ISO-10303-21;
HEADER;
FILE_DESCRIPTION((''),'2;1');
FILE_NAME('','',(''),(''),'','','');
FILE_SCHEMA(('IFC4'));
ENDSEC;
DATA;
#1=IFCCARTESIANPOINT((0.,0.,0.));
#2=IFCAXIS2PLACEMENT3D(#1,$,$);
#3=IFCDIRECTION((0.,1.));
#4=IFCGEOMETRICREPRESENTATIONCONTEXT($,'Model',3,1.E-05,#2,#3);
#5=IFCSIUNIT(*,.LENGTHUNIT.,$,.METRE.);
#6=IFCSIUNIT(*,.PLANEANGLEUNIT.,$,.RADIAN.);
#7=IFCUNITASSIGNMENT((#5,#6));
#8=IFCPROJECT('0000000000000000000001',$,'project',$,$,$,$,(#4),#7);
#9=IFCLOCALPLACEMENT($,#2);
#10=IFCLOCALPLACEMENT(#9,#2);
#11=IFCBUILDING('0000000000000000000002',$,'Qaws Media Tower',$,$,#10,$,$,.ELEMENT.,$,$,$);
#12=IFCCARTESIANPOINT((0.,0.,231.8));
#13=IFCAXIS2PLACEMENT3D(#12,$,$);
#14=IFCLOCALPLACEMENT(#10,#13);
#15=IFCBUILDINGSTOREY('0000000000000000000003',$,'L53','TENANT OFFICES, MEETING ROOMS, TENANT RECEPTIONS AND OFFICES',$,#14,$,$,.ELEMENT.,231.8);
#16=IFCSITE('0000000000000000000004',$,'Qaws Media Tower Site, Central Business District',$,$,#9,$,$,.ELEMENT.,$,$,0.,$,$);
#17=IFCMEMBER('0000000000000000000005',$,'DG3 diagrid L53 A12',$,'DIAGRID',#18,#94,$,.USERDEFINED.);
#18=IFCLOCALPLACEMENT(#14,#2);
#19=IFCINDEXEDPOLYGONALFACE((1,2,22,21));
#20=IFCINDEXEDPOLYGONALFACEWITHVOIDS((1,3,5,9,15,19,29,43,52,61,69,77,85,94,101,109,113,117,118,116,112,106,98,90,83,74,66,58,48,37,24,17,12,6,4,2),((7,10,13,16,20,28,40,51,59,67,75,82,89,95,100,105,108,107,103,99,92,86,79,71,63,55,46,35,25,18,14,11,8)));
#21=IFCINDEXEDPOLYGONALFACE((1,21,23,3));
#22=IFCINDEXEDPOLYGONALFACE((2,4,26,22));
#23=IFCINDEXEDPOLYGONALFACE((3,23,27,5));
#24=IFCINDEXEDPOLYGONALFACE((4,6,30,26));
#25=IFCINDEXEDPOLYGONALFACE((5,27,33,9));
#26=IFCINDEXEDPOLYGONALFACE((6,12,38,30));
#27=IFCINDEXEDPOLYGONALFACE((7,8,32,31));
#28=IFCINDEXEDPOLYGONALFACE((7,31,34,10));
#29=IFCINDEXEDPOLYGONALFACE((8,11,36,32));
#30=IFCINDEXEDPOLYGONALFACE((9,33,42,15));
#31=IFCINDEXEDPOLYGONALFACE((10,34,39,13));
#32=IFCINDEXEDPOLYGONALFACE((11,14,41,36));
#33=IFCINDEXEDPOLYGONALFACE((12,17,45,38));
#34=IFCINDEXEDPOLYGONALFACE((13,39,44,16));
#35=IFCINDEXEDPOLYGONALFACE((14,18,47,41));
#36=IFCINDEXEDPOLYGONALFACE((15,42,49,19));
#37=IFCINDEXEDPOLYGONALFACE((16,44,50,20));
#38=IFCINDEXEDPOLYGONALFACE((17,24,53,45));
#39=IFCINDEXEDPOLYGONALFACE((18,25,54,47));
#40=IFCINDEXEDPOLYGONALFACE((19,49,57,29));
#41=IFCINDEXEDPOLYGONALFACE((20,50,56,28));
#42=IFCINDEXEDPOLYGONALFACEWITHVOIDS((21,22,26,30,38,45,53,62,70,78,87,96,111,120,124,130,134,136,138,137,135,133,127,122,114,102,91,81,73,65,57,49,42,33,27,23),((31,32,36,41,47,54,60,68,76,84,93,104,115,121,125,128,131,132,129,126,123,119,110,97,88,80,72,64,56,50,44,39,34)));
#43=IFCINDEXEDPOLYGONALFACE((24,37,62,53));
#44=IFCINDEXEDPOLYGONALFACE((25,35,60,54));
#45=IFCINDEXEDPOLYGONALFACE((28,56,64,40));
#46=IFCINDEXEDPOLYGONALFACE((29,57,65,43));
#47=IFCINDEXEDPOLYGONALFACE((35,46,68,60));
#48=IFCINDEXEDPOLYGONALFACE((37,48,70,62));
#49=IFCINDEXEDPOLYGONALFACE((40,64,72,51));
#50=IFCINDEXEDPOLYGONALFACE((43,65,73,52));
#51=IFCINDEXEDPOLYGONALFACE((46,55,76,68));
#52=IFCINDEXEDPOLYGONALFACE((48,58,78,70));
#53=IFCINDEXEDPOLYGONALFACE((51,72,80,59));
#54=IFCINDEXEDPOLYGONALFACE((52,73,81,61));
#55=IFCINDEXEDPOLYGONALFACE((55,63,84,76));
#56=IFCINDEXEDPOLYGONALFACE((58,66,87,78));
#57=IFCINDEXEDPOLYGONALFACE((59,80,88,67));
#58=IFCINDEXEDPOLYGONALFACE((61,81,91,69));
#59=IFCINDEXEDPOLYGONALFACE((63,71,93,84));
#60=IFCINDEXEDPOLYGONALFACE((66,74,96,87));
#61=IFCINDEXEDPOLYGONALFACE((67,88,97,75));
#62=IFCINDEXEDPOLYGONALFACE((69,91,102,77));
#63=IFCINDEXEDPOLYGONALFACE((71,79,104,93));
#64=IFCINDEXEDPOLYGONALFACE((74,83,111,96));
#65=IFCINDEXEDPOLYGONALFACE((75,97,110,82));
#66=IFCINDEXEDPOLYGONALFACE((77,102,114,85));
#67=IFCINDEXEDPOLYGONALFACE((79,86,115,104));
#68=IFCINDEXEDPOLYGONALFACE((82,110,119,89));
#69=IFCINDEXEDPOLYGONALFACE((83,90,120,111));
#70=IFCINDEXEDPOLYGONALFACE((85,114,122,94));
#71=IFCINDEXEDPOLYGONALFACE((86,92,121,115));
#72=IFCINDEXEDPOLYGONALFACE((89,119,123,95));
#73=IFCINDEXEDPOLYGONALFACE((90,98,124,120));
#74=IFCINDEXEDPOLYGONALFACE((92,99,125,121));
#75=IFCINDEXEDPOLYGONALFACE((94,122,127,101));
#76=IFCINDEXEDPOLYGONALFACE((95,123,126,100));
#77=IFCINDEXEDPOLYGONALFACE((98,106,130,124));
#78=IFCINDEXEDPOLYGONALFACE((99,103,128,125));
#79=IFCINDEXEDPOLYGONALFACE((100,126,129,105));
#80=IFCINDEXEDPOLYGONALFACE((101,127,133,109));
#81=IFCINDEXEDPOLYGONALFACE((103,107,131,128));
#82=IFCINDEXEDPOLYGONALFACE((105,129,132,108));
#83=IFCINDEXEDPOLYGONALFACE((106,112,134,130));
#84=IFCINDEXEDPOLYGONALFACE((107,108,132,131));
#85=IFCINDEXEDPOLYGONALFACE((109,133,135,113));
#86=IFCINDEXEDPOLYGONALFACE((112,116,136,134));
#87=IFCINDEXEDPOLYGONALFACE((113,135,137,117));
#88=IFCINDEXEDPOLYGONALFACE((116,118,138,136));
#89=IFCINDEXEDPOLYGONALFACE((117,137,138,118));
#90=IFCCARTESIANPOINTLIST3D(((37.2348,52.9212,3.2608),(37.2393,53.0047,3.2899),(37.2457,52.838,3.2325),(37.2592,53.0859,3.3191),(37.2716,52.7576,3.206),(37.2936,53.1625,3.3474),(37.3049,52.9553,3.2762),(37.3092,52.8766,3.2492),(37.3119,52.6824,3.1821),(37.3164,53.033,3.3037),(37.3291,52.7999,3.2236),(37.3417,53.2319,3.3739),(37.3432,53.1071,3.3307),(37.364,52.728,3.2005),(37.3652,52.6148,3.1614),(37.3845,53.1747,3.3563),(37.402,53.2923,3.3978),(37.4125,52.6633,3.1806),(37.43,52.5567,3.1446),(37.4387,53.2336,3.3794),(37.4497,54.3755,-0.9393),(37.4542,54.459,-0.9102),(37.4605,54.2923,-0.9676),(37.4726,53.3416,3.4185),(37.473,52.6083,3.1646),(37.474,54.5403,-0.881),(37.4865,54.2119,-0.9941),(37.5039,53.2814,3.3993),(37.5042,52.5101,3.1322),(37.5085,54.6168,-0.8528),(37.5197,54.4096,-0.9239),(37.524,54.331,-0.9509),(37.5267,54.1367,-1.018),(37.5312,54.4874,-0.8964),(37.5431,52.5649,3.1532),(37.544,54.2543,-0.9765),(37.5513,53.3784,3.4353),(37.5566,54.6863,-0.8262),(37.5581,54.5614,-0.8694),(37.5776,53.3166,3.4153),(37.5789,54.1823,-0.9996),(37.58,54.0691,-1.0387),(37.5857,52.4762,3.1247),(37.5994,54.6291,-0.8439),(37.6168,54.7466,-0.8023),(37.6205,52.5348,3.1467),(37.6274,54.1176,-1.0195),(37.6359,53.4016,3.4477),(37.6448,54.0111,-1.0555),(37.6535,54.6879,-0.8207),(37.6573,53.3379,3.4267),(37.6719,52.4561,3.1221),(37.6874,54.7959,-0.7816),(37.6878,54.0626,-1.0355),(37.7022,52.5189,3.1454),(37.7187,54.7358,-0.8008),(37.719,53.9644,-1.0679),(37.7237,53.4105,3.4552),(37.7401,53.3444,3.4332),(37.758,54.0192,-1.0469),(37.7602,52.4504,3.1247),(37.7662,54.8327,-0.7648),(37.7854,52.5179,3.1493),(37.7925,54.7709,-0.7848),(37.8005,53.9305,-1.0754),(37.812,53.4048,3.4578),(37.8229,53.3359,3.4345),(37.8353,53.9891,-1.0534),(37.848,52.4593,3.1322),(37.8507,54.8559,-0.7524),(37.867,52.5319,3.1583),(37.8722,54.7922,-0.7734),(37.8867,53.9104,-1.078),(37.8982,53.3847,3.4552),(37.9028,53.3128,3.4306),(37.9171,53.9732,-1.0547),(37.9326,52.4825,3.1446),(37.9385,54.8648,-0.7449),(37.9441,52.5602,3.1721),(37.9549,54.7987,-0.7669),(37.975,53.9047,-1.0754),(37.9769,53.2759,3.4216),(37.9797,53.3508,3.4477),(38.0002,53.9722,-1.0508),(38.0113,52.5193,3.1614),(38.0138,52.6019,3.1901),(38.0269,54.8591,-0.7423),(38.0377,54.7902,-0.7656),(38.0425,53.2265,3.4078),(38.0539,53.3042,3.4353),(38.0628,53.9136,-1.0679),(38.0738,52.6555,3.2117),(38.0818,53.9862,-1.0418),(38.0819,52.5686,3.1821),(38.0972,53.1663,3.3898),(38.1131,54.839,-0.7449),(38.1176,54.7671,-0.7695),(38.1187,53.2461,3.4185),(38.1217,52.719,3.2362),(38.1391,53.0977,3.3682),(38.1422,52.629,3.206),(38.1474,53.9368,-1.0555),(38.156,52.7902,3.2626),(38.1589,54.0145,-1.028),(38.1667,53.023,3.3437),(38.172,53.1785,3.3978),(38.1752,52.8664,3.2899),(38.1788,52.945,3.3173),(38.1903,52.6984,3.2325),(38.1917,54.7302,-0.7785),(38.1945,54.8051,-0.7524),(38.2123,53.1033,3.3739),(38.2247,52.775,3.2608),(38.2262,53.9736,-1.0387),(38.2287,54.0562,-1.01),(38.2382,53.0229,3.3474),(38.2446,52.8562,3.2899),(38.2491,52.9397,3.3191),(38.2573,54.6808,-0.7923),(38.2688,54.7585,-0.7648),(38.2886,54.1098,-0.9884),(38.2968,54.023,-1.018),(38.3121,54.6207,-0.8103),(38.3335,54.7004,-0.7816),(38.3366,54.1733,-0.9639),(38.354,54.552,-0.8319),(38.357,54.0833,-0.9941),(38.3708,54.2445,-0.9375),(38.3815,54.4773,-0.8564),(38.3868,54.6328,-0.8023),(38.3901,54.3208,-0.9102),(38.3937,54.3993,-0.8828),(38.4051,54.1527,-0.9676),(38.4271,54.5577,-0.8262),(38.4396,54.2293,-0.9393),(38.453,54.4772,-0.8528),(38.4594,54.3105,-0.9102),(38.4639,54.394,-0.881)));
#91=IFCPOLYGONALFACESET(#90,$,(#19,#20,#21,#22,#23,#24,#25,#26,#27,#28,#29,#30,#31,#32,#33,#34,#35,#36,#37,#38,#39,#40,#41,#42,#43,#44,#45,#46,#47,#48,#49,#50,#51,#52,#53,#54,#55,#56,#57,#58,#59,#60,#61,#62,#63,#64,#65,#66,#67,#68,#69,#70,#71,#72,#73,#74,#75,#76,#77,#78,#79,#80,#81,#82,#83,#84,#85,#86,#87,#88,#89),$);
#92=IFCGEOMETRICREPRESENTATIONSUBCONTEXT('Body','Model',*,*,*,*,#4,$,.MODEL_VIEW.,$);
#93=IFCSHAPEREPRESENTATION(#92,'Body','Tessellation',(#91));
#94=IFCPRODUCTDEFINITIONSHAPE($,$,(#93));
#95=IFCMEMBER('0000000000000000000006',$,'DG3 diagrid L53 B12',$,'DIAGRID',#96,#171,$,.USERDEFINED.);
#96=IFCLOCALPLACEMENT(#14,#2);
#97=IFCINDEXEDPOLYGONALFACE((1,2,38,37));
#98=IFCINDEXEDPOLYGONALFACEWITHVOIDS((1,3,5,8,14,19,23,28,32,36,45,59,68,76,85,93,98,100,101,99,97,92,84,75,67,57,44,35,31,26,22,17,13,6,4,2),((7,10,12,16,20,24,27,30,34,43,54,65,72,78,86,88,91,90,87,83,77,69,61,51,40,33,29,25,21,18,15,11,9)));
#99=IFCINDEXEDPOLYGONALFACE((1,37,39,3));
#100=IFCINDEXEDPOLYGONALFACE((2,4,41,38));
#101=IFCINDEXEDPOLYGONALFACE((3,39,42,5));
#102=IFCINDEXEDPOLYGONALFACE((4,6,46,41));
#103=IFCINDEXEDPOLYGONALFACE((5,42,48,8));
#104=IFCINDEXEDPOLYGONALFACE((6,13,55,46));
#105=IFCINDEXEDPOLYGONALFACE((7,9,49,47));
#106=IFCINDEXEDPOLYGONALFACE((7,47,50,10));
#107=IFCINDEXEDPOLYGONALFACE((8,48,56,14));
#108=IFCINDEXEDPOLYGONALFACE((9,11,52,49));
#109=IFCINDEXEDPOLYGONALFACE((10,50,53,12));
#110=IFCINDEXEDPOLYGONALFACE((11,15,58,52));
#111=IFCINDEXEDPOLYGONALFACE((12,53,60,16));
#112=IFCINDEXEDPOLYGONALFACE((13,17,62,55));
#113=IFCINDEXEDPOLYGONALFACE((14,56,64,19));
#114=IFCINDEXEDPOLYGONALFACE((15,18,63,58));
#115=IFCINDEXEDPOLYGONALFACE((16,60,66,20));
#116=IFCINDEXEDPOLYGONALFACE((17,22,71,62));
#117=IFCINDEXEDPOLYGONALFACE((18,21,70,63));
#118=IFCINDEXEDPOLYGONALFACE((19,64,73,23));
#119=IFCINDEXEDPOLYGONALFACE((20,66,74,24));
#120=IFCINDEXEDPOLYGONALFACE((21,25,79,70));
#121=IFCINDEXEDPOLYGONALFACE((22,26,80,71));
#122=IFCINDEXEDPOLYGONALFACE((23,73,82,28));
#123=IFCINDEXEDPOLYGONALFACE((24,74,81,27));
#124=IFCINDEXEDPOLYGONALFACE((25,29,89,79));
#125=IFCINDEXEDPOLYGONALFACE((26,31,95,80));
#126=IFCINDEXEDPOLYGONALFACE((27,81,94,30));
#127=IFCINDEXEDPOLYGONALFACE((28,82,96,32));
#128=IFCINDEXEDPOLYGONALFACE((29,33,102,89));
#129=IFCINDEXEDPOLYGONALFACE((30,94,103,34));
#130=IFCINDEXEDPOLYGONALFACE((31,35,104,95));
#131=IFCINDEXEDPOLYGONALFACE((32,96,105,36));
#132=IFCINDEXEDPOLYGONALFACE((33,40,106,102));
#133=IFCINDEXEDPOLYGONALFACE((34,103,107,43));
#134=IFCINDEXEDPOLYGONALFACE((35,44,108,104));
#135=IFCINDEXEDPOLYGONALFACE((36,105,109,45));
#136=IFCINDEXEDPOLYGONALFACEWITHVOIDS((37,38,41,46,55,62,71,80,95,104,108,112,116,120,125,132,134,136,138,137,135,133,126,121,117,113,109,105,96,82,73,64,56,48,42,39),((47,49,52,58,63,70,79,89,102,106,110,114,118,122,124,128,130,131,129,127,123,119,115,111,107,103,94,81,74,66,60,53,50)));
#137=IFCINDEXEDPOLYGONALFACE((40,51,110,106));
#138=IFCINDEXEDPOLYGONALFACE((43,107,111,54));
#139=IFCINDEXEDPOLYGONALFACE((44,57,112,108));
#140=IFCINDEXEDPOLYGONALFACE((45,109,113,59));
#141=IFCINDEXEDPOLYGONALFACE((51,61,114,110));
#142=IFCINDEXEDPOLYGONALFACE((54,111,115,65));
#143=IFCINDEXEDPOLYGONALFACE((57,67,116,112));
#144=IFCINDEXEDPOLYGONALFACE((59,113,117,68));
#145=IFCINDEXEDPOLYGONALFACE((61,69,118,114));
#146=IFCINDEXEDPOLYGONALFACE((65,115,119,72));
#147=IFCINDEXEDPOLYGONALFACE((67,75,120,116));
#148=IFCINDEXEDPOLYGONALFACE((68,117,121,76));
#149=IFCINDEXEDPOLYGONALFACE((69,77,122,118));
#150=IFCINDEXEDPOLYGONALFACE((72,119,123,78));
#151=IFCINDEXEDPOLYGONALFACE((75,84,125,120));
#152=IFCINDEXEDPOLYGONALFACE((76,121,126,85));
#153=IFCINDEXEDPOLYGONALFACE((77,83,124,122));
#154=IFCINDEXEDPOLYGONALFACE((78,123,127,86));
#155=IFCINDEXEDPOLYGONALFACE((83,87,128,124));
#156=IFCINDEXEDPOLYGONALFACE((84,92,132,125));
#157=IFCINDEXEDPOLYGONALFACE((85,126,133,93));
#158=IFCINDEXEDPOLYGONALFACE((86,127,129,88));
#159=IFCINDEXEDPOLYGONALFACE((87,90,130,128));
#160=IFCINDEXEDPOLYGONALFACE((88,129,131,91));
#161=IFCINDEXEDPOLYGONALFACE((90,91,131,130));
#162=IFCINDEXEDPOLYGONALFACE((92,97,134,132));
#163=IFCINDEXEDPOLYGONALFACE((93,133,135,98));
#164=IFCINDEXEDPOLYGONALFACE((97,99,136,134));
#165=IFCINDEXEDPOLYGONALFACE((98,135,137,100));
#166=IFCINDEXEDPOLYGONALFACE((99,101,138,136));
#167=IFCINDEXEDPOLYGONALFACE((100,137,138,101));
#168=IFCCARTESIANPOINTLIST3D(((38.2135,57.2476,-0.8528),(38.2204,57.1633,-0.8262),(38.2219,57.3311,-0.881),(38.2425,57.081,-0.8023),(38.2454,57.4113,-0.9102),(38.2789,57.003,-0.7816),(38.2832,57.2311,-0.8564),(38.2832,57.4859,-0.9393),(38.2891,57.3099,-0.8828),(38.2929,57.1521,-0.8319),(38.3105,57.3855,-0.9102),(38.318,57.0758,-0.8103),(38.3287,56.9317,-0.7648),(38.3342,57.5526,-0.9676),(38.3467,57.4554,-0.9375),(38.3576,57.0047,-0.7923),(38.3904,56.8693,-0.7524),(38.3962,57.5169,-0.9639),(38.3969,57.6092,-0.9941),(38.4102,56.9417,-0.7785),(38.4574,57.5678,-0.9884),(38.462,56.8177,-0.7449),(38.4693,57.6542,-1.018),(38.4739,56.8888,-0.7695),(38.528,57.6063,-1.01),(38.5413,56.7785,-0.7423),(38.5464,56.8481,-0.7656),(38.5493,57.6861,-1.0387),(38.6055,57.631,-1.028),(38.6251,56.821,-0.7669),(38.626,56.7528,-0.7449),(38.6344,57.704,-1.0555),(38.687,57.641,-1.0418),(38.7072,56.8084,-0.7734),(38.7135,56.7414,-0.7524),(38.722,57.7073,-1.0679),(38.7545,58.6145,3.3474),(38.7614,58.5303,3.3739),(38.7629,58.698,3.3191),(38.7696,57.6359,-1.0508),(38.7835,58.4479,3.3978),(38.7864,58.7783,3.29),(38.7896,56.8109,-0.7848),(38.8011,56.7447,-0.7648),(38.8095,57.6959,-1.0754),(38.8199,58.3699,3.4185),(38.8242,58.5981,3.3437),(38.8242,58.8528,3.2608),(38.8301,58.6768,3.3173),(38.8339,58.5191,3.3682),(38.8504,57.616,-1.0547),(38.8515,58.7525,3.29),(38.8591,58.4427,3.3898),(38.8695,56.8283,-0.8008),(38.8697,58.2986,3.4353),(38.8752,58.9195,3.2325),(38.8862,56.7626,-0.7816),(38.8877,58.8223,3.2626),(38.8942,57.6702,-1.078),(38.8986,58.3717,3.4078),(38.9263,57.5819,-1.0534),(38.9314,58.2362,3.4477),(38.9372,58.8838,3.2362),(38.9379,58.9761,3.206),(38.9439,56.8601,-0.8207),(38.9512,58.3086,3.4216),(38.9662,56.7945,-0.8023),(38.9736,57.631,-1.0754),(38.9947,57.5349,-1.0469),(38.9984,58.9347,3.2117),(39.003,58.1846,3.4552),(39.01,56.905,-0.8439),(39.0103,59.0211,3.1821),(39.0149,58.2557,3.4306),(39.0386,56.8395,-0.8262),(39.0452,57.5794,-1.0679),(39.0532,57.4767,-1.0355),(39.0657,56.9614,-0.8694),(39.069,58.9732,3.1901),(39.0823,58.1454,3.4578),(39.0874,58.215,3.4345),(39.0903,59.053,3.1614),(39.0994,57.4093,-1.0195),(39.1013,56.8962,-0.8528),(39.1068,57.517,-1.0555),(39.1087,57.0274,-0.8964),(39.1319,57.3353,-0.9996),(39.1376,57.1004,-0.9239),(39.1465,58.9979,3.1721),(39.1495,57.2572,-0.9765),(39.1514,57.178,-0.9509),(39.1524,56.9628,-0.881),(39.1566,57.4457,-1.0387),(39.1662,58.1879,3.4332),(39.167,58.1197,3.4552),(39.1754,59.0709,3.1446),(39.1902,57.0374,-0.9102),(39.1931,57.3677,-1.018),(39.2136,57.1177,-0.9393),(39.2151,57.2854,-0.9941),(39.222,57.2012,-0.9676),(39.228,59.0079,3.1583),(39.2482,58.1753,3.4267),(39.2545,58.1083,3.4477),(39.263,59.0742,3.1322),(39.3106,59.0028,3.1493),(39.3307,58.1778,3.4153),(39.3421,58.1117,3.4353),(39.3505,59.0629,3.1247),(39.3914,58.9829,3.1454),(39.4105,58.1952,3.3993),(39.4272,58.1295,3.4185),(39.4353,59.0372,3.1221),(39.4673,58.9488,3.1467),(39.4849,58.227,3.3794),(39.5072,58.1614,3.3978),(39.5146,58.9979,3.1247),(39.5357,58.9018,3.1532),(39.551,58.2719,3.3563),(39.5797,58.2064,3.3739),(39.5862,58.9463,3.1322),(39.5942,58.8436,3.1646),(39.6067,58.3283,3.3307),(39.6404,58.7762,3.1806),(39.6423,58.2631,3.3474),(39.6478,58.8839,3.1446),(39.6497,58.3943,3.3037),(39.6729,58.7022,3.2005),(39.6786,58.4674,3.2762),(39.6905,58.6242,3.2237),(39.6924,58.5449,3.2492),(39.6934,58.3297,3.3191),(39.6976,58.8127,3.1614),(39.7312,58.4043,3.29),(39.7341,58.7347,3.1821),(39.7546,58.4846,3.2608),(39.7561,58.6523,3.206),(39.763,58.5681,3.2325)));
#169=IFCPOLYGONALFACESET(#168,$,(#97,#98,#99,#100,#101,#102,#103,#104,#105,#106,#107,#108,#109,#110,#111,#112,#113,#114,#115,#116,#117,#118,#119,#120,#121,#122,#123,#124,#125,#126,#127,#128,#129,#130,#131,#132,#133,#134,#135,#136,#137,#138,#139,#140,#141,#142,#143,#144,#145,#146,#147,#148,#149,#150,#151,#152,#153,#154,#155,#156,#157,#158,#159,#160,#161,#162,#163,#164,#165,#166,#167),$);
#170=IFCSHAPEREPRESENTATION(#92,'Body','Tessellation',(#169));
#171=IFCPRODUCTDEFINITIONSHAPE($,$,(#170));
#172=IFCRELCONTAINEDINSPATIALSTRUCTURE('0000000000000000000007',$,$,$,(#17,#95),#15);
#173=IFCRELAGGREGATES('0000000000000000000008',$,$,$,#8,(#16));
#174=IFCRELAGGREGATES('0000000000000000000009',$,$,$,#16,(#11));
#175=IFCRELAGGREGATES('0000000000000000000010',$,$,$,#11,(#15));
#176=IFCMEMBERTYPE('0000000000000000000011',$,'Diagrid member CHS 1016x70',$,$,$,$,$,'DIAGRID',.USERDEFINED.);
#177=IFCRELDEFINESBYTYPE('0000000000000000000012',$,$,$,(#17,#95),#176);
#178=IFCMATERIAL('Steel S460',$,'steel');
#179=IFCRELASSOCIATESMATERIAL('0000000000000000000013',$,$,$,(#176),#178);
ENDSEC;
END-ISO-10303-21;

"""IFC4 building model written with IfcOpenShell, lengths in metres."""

from ifc_helpers import new_model, si_unit, direction, frame, origin, origin_2d, place, context, subcontext, project, spatial, hollow_circle, extrude, material, material_profile, profile_set, type_object, element, save


model = new_model("IFC4")

# Units and contexts
model_context = context("Model", 3, precision=1e-05, world=origin(), true_north=direction((0.0, 1.0)))
body_context = subcontext(model_context, "Body", "Model", "MODEL_VIEW")
ifc_project = project(units=[si_unit("LENGTHUNIT", "METRE"), si_unit("PLANEANGLEUNIT", "RADIAN")], contexts=[model_context])

# Site, building, storey
site_placement = place(None, origin())
site = spatial("IfcSite", under=ifc_project, at=site_placement, Name="Qaws Media Tower Site, Central Business District", CompositionType="ELEMENT", RefElevation=0.0)
building_placement = place(site_placement, origin())
building = spatial("IfcBuilding", under=site, at=building_placement, Name="Qaws Media Tower", CompositionType="ELEMENT")
storey_placement = place(building_placement, frame((0.0, 0.0, 231.8)))
storey = spatial("IfcBuildingStorey", under=building, at=storey_placement, Name="L53", Description="TENANT OFFICES, MEETING ROOMS, TENANT RECEPTIONS AND OFFICES", CompositionType="ELEMENT", Elevation=231.8)

# Members
ifc_material_1 = material(Name="Steel S460", Category="steel")
ifc_material_profile_1 = material_profile(ifc_material_1, hollow_circle(Radius=0.5081, WallThickness=0.0701, at=origin_2d()), Name="CHS 1016x70")
ifc_profile_set_1 = profile_set([ifc_material_profile_1], Name="Steel S460")
member_type_1 = type_object("IfcMemberType", Name="Diagrid member CHS 1016x70", ElementType="DIAGRID", PredefinedType="USERDEFINED", material=ifc_profile_set_1)
for number, where, z_axis, x_axis, name in (
    (1, (37.9568, 54.3848, -0.9102), (-0.048279, -0.326816, 0.943854), (0.989264, -0.146139, 0.0), "DG3 diagrid L53 A12"),
    (2, (38.7178, 57.2244, -0.9102), (0.121575, 0.307175, 0.943855), (-0.929822, 0.36801, 0.0), "DG3 diagrid L53 B12"),
):
    element("IfcMember", number, at=place(storey_placement, frame(where, z_axis=z_axis, x_axis=x_axis)), inside=storey, type_object=member_type_1, Name=name, ObjectType="DIAGRID", PredefinedType="USERDEFINED", context=body_context, shape_type="SweptSolid", body=[
        extrude(hollow_circle(Radius=0.5081, WallThickness=0.0701, at=origin_2d()), origin(), (0.0, 0.0, 1.0), 4.45),
    ])

save(model, "model.ifc")
